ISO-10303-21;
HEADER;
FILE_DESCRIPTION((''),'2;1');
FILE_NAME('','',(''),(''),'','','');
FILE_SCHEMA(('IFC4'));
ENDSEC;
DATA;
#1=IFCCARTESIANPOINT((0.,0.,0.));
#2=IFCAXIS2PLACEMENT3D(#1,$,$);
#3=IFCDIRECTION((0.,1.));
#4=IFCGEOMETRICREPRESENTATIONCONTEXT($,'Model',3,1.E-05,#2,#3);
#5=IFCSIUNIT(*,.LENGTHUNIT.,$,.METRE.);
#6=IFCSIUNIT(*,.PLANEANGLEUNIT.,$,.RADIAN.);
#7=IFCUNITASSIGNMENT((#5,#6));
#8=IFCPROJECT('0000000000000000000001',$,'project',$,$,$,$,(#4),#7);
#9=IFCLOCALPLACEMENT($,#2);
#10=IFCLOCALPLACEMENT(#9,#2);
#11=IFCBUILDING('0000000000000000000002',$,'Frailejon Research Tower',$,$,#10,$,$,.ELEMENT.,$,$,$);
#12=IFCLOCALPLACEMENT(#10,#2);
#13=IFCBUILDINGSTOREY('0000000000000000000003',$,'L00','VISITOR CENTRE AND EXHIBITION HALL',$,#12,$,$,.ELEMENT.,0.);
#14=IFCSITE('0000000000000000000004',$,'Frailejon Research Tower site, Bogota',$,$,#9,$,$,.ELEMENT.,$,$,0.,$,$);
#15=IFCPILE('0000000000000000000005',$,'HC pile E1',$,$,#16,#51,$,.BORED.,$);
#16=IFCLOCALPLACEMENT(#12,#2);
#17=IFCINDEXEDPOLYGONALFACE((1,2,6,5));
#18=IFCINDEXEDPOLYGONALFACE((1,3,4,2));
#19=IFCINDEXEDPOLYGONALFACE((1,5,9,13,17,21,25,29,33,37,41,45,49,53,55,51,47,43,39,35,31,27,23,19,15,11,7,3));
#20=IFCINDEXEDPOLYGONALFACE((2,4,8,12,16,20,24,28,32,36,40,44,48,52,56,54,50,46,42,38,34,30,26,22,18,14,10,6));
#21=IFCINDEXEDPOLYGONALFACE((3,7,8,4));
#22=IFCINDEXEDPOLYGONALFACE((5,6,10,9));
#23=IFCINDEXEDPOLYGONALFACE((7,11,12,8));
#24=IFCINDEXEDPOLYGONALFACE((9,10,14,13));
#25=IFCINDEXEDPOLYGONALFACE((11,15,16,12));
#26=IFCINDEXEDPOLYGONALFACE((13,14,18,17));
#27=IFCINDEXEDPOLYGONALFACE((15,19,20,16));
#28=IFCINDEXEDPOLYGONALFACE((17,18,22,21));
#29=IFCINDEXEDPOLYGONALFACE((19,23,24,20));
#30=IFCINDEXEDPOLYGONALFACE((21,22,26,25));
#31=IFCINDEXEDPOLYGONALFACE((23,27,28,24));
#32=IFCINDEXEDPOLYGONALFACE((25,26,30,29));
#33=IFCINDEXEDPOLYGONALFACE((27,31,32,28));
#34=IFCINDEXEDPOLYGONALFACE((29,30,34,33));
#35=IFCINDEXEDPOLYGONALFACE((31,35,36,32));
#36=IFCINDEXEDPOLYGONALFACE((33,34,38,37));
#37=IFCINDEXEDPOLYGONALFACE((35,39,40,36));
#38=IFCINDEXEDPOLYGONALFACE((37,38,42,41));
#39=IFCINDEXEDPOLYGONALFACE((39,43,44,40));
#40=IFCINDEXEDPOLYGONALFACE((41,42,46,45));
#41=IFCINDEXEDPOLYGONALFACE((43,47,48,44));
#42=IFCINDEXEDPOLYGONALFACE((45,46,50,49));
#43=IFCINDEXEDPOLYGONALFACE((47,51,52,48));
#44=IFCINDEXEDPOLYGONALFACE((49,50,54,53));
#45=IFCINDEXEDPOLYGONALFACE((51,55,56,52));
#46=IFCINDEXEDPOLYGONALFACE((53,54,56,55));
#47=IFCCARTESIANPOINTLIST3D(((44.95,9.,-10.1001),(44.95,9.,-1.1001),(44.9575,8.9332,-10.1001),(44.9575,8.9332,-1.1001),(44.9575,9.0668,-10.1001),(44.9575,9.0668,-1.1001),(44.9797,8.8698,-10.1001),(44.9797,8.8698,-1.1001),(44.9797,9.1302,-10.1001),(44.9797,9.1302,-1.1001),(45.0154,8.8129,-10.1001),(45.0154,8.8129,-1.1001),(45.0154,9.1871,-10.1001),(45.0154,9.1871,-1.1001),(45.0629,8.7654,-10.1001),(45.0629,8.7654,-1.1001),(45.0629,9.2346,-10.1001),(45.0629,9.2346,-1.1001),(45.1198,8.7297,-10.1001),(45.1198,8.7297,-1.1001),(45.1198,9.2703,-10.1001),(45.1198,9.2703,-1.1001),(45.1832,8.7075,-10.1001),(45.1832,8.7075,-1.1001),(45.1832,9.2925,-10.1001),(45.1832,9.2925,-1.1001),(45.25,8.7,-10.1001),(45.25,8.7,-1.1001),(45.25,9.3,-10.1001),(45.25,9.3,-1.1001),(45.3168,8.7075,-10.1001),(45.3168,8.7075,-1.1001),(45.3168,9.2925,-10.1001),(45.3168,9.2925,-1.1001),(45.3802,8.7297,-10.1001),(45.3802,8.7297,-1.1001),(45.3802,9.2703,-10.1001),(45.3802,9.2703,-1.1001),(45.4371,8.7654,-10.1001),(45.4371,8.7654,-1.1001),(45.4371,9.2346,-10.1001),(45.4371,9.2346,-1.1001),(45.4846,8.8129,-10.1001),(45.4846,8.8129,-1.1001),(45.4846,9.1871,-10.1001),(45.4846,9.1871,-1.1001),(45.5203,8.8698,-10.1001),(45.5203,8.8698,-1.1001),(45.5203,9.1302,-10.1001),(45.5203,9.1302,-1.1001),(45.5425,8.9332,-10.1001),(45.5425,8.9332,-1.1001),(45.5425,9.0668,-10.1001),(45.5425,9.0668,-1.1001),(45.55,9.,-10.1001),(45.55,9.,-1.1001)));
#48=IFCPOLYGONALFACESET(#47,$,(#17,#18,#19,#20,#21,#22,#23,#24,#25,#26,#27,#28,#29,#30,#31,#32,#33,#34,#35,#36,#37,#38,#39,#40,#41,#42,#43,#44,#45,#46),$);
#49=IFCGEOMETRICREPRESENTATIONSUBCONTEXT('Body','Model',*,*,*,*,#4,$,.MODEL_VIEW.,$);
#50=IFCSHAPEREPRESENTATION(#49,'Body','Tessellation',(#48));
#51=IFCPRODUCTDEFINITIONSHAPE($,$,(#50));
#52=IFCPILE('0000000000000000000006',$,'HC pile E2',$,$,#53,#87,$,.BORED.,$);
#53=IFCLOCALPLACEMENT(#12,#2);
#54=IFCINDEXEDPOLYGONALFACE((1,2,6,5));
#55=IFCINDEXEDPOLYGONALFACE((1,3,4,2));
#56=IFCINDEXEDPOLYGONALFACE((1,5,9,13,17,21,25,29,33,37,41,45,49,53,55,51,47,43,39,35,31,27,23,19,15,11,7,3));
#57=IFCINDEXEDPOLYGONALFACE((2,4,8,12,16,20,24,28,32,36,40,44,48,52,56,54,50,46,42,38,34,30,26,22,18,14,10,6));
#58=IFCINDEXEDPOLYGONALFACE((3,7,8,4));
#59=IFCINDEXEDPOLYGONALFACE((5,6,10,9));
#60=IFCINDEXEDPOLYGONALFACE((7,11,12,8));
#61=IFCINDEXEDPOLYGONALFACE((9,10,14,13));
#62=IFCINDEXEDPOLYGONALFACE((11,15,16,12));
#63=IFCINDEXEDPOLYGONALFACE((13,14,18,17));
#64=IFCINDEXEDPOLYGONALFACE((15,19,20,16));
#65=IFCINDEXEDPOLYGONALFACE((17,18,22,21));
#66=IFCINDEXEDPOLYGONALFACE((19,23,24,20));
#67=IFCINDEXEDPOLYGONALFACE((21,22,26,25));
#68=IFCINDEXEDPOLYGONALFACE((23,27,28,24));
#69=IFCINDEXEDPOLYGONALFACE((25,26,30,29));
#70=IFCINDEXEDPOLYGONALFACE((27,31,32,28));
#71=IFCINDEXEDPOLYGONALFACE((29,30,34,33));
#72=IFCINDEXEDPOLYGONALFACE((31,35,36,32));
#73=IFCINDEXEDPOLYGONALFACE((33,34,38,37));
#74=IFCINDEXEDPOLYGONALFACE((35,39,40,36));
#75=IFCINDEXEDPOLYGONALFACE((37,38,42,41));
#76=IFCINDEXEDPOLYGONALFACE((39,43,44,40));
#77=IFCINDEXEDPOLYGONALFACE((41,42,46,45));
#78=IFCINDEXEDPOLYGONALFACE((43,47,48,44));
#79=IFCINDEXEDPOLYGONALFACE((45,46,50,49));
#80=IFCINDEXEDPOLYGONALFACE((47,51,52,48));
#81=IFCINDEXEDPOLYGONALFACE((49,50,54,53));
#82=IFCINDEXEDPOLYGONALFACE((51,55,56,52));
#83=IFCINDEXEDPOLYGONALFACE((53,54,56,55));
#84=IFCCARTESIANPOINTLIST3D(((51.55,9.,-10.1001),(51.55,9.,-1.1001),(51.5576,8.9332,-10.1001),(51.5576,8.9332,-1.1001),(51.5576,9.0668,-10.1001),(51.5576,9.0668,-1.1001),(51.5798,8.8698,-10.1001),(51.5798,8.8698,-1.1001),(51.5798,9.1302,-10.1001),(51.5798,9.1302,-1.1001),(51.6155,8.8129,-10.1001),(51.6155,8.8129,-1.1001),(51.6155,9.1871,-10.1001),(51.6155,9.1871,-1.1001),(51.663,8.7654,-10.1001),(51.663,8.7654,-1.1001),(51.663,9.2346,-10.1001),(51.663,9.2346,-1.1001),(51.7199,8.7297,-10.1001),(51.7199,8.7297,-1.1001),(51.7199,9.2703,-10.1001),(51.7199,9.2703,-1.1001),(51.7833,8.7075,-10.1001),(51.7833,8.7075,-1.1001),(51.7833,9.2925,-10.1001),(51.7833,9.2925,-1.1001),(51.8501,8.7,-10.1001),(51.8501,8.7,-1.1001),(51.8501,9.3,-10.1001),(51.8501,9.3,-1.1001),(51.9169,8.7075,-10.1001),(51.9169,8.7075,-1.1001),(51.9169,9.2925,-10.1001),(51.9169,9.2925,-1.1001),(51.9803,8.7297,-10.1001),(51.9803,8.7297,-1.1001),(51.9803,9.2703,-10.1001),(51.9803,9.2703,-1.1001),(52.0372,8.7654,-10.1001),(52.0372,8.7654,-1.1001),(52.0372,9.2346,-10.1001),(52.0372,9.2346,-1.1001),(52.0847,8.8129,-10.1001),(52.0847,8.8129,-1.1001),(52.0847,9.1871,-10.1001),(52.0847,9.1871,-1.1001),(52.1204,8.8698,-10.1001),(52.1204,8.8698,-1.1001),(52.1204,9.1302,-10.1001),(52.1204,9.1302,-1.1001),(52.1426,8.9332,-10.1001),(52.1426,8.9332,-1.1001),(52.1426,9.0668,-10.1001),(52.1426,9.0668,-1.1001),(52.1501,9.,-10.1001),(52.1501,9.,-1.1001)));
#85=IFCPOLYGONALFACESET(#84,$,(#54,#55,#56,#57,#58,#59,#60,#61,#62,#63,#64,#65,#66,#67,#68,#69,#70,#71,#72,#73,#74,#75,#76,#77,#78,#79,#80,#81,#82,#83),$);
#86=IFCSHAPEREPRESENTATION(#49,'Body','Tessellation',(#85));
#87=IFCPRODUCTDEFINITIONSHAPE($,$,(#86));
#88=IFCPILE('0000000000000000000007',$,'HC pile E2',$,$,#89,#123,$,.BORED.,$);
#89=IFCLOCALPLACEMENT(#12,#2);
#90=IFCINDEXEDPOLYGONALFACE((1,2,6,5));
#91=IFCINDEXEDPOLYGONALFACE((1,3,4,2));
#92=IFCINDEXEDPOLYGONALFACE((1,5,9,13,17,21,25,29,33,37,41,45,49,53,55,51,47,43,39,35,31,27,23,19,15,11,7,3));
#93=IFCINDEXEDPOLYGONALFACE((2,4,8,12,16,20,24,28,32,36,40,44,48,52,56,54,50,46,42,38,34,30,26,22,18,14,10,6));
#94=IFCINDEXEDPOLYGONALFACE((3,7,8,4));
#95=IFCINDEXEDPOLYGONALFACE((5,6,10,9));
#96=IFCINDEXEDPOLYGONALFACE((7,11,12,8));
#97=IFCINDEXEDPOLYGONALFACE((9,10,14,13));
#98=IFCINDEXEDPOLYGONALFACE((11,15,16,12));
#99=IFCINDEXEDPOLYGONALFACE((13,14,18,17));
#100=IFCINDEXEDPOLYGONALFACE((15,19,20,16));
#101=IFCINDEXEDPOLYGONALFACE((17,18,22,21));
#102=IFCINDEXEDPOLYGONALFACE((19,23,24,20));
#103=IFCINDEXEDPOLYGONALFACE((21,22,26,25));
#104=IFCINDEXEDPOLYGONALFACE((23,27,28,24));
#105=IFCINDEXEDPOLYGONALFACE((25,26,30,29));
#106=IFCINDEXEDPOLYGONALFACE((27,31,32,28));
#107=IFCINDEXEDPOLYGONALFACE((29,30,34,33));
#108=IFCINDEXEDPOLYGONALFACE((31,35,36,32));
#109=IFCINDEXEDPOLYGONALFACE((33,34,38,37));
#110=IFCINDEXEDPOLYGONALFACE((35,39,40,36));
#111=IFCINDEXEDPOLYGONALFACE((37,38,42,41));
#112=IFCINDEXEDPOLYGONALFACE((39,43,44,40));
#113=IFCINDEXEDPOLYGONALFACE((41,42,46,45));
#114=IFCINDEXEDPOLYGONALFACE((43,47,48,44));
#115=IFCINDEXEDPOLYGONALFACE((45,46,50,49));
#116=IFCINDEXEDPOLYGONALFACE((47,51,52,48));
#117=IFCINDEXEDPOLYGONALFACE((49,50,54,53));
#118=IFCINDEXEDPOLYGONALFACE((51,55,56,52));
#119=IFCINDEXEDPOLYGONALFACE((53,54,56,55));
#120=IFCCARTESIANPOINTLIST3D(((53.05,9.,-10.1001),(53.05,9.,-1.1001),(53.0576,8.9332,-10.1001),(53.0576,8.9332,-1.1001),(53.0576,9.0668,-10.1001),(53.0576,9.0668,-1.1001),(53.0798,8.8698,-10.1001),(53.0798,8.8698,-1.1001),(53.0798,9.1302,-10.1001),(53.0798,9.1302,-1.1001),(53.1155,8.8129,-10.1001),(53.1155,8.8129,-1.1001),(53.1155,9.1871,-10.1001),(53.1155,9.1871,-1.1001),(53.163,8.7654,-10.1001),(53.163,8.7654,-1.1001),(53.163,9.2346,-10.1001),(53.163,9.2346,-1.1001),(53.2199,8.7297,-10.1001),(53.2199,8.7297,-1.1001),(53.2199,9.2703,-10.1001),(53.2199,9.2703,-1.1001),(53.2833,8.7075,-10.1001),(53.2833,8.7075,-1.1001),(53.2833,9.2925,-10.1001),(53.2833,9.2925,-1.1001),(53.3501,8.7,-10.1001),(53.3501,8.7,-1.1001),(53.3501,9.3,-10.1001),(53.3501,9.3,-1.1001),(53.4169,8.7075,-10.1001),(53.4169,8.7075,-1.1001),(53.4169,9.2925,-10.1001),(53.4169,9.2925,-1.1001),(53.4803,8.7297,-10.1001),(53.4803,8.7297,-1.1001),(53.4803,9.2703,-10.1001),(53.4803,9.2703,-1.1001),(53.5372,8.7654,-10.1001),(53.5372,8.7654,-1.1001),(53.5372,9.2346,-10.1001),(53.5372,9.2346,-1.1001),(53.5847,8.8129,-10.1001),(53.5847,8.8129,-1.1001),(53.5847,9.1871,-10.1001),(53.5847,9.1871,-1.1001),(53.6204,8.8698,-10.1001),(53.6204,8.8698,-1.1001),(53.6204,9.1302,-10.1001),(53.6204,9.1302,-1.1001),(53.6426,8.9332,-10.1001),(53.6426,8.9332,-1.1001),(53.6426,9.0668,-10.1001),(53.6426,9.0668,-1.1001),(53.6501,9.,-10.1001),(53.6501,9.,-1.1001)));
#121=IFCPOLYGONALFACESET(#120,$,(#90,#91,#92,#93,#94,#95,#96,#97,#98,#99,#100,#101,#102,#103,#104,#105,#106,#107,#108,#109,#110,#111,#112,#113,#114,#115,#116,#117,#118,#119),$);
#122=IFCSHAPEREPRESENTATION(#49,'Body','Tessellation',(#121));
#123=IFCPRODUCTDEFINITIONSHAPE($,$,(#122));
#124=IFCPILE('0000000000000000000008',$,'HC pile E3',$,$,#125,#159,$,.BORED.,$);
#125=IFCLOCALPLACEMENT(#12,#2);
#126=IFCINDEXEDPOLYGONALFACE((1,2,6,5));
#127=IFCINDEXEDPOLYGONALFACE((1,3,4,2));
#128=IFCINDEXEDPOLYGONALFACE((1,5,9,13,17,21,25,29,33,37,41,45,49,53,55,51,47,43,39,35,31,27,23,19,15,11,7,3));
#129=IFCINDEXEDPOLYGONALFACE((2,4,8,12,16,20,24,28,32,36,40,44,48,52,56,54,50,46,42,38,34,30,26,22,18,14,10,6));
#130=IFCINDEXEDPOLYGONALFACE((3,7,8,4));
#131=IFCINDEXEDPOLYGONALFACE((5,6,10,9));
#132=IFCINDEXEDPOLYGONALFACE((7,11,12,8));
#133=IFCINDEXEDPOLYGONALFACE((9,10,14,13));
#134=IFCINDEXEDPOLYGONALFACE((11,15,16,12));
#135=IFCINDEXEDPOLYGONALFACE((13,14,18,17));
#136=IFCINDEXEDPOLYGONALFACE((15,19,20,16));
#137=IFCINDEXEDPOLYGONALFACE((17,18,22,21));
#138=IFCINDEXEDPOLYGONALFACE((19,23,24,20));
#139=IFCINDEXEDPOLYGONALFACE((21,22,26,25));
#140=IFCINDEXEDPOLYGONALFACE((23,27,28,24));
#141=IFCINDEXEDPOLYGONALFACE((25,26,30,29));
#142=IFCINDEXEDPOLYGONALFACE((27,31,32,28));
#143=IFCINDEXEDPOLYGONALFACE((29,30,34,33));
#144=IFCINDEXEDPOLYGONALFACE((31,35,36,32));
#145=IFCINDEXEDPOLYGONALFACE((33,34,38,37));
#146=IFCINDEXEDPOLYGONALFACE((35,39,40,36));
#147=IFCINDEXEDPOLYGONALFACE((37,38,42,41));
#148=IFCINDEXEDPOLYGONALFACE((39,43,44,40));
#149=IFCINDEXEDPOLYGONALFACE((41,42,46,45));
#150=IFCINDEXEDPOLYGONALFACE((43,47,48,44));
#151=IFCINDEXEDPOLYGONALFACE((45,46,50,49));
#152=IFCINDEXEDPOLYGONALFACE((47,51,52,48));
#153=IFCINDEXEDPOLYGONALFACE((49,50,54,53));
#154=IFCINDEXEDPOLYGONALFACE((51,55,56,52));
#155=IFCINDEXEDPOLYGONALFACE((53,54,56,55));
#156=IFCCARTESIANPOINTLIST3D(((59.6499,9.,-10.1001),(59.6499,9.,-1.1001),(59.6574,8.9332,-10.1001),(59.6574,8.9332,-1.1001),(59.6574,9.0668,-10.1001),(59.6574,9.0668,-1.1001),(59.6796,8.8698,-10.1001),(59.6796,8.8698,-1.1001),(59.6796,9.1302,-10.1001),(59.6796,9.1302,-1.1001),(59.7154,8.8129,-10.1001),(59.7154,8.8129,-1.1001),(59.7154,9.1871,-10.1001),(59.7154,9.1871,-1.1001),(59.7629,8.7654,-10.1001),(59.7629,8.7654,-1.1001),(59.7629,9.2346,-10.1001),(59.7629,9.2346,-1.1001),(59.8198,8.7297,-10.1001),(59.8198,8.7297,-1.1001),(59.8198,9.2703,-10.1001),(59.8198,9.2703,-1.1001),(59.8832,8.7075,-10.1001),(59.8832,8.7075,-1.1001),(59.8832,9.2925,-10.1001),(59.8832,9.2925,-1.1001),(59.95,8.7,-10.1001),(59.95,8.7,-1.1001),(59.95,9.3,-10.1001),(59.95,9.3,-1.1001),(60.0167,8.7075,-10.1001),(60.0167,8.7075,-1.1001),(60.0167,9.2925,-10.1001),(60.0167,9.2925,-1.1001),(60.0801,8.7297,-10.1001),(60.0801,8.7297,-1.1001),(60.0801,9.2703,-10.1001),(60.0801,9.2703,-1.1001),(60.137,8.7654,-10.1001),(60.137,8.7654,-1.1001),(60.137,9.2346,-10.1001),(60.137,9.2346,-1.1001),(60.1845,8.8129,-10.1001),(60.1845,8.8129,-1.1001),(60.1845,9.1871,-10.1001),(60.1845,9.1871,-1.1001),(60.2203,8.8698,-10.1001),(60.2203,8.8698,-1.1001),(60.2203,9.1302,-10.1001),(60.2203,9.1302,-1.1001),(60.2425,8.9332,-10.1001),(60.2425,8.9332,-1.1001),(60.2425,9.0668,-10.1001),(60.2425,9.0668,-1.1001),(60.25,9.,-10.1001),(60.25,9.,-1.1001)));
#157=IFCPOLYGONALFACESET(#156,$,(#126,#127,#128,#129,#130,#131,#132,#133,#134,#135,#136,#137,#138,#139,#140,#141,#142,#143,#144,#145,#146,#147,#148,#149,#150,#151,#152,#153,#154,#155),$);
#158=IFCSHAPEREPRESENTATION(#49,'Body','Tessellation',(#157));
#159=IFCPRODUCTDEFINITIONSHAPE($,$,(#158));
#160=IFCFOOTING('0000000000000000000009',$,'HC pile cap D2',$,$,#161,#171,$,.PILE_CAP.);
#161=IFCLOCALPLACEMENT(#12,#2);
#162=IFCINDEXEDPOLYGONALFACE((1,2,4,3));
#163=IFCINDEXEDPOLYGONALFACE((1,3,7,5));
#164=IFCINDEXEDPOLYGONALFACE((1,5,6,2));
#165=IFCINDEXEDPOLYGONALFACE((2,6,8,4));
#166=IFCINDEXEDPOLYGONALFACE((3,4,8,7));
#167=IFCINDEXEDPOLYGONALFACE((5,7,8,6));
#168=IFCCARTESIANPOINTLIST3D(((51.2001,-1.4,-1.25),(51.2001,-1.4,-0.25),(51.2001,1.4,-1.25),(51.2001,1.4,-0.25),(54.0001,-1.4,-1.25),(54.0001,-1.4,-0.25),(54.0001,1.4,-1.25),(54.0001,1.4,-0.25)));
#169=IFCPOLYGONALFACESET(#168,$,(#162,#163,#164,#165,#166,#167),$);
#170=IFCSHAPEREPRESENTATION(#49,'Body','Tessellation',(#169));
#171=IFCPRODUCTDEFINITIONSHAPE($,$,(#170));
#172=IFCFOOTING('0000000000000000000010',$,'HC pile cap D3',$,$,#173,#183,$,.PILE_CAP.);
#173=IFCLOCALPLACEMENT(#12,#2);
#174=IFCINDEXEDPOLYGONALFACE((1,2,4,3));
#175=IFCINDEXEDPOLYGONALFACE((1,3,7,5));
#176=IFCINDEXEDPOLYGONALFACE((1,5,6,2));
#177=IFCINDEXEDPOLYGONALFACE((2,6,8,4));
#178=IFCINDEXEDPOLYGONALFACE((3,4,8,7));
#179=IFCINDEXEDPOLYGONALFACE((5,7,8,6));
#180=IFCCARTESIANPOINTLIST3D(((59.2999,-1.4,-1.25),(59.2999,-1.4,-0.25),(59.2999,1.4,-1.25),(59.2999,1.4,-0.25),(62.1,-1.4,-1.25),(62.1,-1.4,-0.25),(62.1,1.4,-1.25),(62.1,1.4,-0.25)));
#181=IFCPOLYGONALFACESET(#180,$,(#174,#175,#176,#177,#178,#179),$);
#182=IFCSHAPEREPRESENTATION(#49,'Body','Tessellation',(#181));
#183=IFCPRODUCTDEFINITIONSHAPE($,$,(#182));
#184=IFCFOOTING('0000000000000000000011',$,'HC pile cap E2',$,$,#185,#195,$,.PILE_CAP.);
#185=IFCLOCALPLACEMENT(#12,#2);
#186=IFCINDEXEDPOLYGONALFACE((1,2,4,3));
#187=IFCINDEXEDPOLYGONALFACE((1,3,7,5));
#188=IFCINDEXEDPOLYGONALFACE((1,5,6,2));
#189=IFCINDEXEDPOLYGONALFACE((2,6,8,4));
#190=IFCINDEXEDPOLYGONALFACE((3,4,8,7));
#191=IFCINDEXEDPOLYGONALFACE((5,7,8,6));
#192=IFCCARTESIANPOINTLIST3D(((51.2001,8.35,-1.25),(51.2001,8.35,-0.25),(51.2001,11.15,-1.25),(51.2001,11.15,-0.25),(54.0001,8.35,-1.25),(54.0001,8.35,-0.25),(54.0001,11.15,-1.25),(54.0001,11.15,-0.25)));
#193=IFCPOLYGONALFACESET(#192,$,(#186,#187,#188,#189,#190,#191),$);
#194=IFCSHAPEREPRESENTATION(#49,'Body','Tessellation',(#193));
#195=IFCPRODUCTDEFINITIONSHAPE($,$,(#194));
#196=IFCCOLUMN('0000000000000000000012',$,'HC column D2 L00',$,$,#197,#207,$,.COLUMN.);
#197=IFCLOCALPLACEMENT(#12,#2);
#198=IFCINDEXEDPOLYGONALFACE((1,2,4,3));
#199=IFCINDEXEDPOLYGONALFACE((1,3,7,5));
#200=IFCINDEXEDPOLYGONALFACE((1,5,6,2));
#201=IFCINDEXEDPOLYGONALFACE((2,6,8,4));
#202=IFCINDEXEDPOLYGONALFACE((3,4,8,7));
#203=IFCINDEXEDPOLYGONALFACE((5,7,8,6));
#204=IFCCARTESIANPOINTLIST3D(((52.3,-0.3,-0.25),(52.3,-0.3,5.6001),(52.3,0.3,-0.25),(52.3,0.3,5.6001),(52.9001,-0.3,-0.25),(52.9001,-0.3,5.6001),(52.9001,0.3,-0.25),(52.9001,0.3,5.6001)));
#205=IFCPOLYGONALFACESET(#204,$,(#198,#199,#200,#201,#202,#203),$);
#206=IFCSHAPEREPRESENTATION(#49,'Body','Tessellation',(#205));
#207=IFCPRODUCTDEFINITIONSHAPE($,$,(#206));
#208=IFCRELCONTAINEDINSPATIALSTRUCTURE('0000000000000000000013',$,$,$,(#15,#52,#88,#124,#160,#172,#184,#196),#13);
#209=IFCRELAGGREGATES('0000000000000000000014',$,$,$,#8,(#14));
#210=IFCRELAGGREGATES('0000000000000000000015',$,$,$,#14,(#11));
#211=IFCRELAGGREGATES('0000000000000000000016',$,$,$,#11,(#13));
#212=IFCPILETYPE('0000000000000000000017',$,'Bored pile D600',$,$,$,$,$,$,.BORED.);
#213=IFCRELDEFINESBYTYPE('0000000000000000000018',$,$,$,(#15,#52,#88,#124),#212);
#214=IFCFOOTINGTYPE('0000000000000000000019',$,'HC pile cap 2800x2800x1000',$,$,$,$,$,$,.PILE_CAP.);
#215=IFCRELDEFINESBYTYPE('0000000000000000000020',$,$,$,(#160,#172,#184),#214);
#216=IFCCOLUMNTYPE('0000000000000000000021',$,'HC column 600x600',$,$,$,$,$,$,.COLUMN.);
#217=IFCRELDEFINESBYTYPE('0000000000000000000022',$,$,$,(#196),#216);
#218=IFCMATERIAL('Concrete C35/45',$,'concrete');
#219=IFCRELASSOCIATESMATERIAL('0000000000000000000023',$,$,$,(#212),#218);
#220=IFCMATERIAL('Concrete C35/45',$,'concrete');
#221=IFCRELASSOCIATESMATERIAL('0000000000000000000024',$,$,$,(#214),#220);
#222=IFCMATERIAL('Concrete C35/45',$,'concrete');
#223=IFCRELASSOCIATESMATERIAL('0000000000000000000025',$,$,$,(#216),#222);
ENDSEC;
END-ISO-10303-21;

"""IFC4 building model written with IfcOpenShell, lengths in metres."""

from ifc_helpers import new_model, si_unit, direction, frame, origin, origin_2d, place, context, subcontext, project, spatial, rectangle, circle, extrude, material, material_profile, profile_set, type_object, element, save


model = new_model("IFC4")

# Units and contexts
model_context = context("Model", 3, precision=1e-05, world=origin(), true_north=direction((0.0, 1.0)))
body_context = subcontext(model_context, "Body", "Model", "MODEL_VIEW")
ifc_project = project(units=[si_unit("LENGTHUNIT", "METRE"), si_unit("PLANEANGLEUNIT", "RADIAN")], contexts=[model_context])

# Site, building, storey
site_placement = place(None, origin())
site = spatial("IfcSite", under=ifc_project, at=site_placement, Name="Frailejon Research Tower site, Bogota", CompositionType="ELEMENT", RefElevation=0.0)
building_placement = place(site_placement, origin())
building = spatial("IfcBuilding", under=site, at=building_placement, Name="Frailejon Research Tower", CompositionType="ELEMENT")
storey_placement = place(building_placement, origin())
storey = spatial("IfcBuildingStorey", under=building, at=storey_placement, Name="L00", Description="VISITOR CENTRE AND EXHIBITION HALL", CompositionType="ELEMENT", Elevation=0.0)

# Piles
ifc_material_1 = material(Name="Concrete C35/45", Category="concrete")
ifc_material_profile_1 = material_profile(ifc_material_1, circle(Radius=0.3, at=origin_2d()), Name="Bored pile D600")
ifc_profile_set_1 = profile_set([ifc_material_profile_1], Name="Concrete C35/45")
pile_type = type_object("IfcPileType", Name="Bored pile D600", PredefinedType="BORED", material=ifc_profile_set_1)
for number, where, z_axis, x_axis, name in (
    (1, (45.25, 9.0, -1.1001), (0.0, 0.0, -1.0), (1.0, 0.0, 0.0), "HC pile E1"),
    (2, (51.8501, 9.0, -1.1001), (0.0, 0.0, -1.0), (1.0, 0.0, 0.0), "HC pile E2"),
    (3, (53.3501, 9.0, -1.1001), (0.0, 0.0, -1.0), (1.0, 0.0, 0.0), "HC pile E2"),
    (4, (59.95, 9.0, -1.1001), (0.0, 0.0, -1.0), (1.0, 0.0, 0.0), "HC pile E3"),
):
    element("IfcPile", number, at=place(storey_placement, frame(where, z_axis=z_axis, x_axis=x_axis)), inside=storey, type_object=pile_type, Name=name, PredefinedType="BORED", context=body_context, shape_type="SweptSolid", body=[
        extrude(circle(Radius=0.3, at=origin_2d()), origin(), (0.0, 0.0, 1.0), 9.0),
    ])

# Footings
ifc_material_2 = material(Name="Concrete C35/45", Category="concrete")
footing_type = type_object("IfcFootingType", Name="HC pile cap 2800x2800x1000", PredefinedType="PILE_CAP", material=ifc_material_2)
for number, where, z_axis, x_axis, name in (
    (5, (52.6001, 0.0, -1.25), (0.0, 0.0, 1.0), (1.0, 0.0, 0.0), "HC pile cap D2"),
    (6, (60.7, 0.0, -1.25), (0.0, 0.0, 1.0), (1.0, 0.0, 0.0), "HC pile cap D3"),
    (7, (52.6001, 9.75, -1.25), (0.0, 0.0, 1.0), (1.0, 0.0, 0.0), "HC pile cap E2"),
):
    element("IfcFooting", number, at=place(storey_placement, frame(where, z_axis=z_axis, x_axis=x_axis)), inside=storey, type_object=footing_type, Name=name, PredefinedType="PILE_CAP", context=body_context, shape_type="SweptSolid", body=[
        extrude(rectangle(XDim=2.8, YDim=2.8, at=origin_2d()), origin(), (0.0, 0.0, 1.0), 1.0),
    ])

# Column
ifc_material_3 = material(Name="Concrete C35/45", Category="concrete")
ifc_material_profile_2 = material_profile(ifc_material_3, rectangle(XDim=0.6001, YDim=0.6001, at=origin_2d()), Name="HC column 600x600")
ifc_profile_set_2 = profile_set([ifc_material_profile_2], Name="Concrete C35/45")
column_type = type_object("IfcColumnType", Name="HC column 600x600", PredefinedType="COLUMN", material=ifc_profile_set_2)
for number, where, z_axis, x_axis, name in (
    (8, (52.6001, 0.0, -0.25), (0.0, 0.0, 1.0), (1.0, 0.0, 0.0), "HC column D2 L00"),
):
    element("IfcColumn", number, at=place(storey_placement, frame(where, z_axis=z_axis, x_axis=x_axis)), inside=storey, type_object=column_type, Name=name, PredefinedType="COLUMN", context=body_context, shape_type="SweptSolid", body=[
        extrude(rectangle(XDim=0.6001, YDim=0.6001, at=origin_2d()), origin(), (0.0, 0.0, 1.0), 5.8501),
    ])

save(model, "model.ifc")
